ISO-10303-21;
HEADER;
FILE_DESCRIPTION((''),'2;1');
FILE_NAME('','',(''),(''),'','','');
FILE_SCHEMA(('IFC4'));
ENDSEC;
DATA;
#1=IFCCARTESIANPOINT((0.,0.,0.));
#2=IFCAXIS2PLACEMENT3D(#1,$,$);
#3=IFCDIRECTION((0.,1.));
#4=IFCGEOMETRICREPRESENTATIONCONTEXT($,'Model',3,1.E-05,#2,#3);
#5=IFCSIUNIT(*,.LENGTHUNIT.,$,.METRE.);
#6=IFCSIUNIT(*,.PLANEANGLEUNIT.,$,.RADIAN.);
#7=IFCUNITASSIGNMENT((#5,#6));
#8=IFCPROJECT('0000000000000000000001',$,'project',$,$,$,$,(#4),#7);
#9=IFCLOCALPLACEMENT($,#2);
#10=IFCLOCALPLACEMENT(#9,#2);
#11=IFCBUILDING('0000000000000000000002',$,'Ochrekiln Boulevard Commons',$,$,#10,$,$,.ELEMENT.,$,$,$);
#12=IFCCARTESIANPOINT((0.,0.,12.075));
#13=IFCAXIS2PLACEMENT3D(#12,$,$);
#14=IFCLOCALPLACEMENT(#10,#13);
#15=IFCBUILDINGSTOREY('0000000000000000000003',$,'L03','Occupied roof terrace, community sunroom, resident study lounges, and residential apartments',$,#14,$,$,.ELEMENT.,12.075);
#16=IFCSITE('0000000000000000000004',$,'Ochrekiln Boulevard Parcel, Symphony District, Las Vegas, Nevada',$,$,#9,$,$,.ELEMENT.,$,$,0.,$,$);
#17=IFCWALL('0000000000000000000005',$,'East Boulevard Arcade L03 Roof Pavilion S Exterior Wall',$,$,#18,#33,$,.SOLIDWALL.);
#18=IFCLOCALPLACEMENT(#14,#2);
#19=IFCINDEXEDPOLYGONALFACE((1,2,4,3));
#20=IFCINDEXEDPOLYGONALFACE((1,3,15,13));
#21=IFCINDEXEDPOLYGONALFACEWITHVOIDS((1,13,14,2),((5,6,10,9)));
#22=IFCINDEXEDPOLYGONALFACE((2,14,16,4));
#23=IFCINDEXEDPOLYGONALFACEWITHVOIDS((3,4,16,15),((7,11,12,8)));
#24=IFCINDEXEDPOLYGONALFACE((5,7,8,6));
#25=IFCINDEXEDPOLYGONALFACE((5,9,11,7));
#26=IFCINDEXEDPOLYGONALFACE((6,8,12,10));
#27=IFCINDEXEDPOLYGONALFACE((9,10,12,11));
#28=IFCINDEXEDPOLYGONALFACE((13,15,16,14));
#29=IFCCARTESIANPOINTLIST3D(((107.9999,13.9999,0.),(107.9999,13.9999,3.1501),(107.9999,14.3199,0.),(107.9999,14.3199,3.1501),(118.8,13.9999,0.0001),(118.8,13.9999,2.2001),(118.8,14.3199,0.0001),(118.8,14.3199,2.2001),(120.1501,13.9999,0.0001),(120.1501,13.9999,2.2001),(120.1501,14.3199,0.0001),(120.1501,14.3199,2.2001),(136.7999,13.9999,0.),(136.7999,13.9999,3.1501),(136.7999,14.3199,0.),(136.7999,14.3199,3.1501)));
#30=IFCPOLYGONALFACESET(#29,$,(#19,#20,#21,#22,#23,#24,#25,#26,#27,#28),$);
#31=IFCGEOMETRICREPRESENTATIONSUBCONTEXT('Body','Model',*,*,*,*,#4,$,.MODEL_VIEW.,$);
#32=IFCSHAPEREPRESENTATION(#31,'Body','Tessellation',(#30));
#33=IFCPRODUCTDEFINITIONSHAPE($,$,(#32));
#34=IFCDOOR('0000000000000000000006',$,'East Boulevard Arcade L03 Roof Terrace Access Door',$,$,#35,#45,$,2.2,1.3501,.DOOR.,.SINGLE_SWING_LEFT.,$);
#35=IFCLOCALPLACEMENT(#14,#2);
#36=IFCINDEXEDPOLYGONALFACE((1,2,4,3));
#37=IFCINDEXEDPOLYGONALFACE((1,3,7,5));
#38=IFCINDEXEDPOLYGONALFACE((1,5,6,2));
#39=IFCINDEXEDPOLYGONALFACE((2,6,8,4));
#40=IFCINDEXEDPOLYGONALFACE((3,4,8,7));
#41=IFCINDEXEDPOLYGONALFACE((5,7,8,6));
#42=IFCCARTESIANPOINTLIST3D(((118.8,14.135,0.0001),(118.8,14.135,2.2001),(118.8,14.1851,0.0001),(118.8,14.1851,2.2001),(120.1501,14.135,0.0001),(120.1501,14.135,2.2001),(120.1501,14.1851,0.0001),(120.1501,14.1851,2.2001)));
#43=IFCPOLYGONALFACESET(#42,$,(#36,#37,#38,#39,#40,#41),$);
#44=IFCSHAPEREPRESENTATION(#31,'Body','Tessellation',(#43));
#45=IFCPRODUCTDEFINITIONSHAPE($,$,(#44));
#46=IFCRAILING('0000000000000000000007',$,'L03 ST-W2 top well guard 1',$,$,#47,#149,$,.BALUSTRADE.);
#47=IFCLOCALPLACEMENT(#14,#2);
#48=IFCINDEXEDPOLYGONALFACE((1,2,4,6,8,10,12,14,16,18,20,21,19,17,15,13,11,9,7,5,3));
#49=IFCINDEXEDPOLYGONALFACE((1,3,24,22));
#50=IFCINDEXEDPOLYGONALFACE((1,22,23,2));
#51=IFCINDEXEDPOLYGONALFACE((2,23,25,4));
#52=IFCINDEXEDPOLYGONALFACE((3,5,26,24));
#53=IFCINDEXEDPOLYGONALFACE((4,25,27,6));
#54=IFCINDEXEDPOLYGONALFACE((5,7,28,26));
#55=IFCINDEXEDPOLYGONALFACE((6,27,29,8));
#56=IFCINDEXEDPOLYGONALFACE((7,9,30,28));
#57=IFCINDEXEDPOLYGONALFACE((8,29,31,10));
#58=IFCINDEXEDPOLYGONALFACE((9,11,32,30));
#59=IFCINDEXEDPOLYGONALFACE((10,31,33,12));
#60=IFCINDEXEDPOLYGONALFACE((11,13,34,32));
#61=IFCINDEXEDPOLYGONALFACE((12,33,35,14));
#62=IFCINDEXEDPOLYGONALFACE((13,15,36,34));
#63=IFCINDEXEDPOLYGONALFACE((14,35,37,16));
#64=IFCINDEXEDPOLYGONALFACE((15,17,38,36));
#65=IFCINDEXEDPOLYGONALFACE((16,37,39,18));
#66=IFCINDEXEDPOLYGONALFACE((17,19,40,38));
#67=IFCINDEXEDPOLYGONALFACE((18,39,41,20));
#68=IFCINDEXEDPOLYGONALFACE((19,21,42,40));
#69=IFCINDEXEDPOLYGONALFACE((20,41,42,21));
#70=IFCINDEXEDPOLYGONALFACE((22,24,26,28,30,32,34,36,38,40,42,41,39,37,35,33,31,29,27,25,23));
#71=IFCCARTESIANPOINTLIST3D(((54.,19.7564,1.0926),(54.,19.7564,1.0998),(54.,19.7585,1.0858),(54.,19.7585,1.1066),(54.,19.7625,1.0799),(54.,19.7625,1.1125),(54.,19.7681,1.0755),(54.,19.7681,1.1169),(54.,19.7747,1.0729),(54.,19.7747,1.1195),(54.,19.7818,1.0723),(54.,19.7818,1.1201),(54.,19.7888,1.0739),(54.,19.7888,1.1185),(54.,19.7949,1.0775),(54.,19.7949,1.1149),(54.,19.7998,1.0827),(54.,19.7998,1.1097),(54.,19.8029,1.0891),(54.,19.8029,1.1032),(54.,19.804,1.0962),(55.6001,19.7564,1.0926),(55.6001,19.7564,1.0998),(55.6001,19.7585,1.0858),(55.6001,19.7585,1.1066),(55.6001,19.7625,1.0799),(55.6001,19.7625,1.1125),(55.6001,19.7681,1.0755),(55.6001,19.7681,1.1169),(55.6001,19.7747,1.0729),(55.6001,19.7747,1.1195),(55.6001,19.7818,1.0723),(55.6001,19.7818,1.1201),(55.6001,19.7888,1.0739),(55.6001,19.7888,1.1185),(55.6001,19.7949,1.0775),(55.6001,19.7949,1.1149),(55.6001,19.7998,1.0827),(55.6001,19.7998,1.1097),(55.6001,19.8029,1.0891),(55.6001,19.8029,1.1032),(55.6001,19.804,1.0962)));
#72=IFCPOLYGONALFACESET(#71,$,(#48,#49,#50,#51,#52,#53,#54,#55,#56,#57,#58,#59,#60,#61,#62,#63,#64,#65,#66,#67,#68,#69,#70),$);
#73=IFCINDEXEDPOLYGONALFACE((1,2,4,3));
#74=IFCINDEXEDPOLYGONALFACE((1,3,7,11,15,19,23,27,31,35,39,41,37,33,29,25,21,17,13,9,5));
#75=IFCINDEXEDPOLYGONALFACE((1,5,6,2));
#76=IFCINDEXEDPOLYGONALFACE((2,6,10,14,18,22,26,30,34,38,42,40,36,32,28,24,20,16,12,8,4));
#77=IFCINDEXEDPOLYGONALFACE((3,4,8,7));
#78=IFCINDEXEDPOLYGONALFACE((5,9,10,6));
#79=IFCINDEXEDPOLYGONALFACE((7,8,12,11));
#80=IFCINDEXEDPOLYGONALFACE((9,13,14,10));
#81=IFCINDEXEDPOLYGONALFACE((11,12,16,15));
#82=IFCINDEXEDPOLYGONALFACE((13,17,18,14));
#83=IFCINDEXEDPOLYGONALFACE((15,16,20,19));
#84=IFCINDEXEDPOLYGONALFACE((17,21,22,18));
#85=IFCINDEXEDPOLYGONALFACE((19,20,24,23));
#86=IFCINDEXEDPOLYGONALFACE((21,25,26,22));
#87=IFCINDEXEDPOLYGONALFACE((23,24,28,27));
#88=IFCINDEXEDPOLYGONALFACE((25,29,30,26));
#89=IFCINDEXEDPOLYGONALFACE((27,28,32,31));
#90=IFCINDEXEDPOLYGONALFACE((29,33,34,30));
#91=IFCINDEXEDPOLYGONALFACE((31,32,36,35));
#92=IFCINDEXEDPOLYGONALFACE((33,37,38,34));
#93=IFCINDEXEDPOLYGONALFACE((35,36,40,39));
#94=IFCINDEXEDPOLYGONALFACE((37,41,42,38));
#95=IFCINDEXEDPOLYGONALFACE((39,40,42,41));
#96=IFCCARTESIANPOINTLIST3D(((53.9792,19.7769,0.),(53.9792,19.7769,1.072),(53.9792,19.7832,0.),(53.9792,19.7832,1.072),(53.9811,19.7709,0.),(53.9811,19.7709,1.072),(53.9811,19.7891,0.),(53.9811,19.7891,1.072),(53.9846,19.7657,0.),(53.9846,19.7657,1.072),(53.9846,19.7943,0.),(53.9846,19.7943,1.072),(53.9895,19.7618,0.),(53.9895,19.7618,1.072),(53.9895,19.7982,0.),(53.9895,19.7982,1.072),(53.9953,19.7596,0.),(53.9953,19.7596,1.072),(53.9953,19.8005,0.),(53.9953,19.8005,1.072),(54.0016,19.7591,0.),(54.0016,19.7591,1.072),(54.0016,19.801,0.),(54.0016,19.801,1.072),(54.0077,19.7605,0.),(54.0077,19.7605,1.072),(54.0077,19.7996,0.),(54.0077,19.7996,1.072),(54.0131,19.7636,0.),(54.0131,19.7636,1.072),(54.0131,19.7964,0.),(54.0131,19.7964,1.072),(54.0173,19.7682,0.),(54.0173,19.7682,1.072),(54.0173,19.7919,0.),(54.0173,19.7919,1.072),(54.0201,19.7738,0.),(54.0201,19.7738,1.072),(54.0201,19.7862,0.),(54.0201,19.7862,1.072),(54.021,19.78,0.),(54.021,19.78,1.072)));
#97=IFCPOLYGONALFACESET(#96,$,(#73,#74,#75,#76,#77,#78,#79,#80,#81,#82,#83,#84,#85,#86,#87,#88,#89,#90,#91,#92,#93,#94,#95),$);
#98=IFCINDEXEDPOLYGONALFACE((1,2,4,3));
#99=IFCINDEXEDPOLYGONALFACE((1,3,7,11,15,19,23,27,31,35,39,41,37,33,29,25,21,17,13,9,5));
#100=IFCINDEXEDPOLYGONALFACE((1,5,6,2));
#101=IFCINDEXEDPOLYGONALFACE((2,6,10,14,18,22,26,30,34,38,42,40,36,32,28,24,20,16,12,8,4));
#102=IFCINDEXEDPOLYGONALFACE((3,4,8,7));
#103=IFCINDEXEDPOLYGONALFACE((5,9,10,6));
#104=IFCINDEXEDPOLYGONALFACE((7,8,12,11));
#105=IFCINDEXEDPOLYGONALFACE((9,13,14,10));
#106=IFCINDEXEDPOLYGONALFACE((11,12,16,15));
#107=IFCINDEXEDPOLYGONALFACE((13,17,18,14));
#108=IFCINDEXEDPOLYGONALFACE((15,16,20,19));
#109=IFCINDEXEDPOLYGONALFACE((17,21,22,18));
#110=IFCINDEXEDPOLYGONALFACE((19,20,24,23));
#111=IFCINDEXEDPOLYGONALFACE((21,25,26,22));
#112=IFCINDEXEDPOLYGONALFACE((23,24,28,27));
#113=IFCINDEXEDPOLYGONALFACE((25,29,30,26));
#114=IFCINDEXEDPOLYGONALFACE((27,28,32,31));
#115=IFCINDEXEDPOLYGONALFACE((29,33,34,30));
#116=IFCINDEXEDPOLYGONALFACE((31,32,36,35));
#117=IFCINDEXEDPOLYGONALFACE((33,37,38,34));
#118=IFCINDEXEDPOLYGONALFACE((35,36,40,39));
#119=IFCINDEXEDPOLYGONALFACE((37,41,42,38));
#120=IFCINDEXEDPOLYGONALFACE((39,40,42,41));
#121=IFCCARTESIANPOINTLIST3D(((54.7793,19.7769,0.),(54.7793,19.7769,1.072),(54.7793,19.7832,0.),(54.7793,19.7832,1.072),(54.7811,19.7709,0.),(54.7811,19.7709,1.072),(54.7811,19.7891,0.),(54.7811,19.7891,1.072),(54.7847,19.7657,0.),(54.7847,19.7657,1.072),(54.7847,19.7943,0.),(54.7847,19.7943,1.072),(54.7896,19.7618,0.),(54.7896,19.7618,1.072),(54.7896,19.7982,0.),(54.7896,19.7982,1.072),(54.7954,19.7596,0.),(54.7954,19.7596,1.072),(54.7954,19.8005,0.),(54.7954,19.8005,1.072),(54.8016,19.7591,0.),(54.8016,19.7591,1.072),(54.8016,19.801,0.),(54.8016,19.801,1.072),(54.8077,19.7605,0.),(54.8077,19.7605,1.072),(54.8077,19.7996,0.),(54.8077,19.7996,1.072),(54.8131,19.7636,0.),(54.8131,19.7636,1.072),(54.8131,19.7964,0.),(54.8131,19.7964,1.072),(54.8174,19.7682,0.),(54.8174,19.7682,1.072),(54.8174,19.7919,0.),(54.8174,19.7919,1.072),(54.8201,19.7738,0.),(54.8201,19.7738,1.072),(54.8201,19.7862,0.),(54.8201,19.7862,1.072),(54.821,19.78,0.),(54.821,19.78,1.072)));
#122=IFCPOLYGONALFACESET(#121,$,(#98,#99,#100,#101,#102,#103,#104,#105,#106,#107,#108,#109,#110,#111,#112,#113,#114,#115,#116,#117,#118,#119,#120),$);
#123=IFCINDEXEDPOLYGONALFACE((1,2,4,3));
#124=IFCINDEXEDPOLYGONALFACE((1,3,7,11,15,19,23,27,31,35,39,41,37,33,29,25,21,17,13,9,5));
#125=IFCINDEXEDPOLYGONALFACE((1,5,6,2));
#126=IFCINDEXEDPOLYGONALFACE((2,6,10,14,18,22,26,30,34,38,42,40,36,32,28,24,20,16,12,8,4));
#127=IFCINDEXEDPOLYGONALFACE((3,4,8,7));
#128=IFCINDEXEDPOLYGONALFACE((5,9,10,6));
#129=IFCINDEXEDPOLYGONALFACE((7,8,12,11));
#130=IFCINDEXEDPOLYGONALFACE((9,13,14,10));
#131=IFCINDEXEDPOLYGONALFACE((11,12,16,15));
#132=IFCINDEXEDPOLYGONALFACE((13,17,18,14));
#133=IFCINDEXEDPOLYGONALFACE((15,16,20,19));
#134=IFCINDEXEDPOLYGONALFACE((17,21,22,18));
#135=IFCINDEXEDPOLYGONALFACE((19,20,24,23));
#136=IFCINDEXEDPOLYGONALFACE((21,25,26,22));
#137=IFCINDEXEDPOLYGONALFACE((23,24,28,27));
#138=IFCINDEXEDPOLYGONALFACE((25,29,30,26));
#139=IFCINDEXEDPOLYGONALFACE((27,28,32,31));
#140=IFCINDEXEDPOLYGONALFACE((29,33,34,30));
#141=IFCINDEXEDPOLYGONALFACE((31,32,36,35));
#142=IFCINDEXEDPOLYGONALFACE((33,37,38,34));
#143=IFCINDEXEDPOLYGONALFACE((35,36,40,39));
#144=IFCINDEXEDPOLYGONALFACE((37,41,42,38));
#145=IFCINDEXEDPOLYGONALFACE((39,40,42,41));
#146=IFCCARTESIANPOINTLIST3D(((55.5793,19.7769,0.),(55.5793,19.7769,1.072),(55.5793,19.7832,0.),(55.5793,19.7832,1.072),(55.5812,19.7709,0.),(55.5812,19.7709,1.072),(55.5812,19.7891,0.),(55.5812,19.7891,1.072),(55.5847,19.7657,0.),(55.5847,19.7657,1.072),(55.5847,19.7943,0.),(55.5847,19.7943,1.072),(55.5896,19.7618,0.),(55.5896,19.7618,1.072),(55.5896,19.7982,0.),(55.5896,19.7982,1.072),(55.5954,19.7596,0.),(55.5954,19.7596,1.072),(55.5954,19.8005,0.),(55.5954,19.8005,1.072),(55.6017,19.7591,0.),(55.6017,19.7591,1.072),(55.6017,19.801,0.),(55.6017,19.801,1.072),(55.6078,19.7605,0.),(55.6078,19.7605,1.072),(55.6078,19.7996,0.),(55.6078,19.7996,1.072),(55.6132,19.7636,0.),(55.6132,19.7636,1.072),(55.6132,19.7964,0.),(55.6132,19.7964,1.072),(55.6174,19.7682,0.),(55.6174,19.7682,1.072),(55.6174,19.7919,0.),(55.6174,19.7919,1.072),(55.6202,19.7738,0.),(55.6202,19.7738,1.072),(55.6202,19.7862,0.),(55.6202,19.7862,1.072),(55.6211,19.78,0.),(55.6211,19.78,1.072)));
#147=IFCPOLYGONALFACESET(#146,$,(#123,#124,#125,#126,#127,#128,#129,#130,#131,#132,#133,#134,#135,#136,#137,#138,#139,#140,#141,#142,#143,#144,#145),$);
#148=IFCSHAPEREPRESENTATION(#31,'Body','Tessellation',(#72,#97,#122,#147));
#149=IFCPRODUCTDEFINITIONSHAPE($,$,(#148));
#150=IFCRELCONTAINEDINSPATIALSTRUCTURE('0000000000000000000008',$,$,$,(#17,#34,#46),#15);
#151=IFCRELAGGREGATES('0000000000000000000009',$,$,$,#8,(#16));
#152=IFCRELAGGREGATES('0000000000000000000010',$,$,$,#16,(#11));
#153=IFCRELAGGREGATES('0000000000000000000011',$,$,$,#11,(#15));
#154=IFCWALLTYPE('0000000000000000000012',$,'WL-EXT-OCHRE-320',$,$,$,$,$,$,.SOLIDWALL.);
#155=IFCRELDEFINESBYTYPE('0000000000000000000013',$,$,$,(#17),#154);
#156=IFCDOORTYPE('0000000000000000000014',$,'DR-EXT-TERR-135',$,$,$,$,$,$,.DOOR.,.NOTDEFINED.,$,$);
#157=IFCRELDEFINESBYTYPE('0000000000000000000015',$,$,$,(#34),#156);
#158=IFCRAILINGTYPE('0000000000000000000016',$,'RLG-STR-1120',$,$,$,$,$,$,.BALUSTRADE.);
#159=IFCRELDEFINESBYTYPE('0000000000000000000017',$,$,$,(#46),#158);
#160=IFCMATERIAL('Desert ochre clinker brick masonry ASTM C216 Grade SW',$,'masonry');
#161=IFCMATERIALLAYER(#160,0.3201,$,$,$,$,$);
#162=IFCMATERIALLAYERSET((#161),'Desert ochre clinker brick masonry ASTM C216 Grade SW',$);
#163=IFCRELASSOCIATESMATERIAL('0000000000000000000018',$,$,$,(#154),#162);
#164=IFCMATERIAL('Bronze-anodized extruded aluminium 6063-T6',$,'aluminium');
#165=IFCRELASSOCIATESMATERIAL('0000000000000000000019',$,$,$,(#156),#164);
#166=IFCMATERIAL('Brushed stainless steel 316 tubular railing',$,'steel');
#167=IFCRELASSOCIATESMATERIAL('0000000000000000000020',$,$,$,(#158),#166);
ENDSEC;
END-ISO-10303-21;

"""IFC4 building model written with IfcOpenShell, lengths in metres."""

from ifc_helpers import new_model, si_unit, direction, frame, frame_2d, origin, origin_2d, place, context, subcontext, project, spatial, rectangle, circle, extrude, material, layer, layer_set, type_object, element, fill, save


model = new_model("IFC4")

# Units and contexts
model_context = context("Model", 3, precision=1e-05, world=origin(), true_north=direction((0.0, 1.0)))
body_context = subcontext(model_context, "Body", "Model", "MODEL_VIEW")
ifc_project = project(units=[si_unit("LENGTHUNIT", "METRE"), si_unit("PLANEANGLEUNIT", "RADIAN")], contexts=[model_context])

# Site, building, storey
site_placement = place(None, origin())
site = spatial("IfcSite", under=ifc_project, at=site_placement, Name="Ochrekiln Boulevard Parcel, Symphony District, Las Vegas, Nevada", CompositionType="ELEMENT", RefElevation=0.0)
building_placement = place(site_placement, origin())
building = spatial("IfcBuilding", under=site, at=building_placement, Name="Ochrekiln Boulevard Commons", CompositionType="ELEMENT")
storey_placement = place(building_placement, frame((0.0, 0.0, 12.075)))
storey = spatial("IfcBuildingStorey", under=building, at=storey_placement, Name="L03", Description="Occupied roof terrace, community sunroom, resident study lounges, and residential apartments", CompositionType="ELEMENT", Elevation=12.075)

# Shared definitions
ifc_material_1 = material(Name="Desert ochre clinker brick masonry ASTM C216 Grade SW", Category="masonry")
ifc_layer_1 = layer(ifc_material_1, 0.3201)
ifc_layer_set_1 = layer_set([ifc_layer_1], Name="Desert ochre clinker brick masonry ASTM C216 Grade SW")
wall_type_1 = type_object("IfcWallType", Name="WL-EXT-OCHRE-320", PredefinedType="SOLIDWALL", material=ifc_layer_set_1)

# Wall, opening, door
wall_1_placement = place(storey_placement, frame((108.0, 14.1599, 0.0), z_axis=(0.0, 0.0, 1.0), x_axis=(1.0, 0.0, 0.0)))
wall_1 = element("IfcWall", 1, at=wall_1_placement, inside=storey, type_object=wall_type_1, Name="East Boulevard Arcade L03 Roof Pavilion S Exterior Wall", PredefinedType="SOLIDWALL", context=body_context, shape_type="SweptSolid", body=[
    extrude(rectangle(XDim=28.8, YDim=0.3201, at=frame_2d((14.3999, 0.0))), origin(), (0.0, 0.0, 1.0), 3.1501),
])
opening_1_placement = place(wall_1_placement, frame((10.8, 0.0, 0.0)))
opening_1 = element("IfcOpeningElement", 2, at=opening_1_placement, cuts=wall_1, PredefinedType="OPENING", context=body_context, shape_type="SweptSolid", body=[
    extrude(rectangle(XDim=1.3501, YDim=2.2, at=frame_2d((0.675, 1.1001))), frame((0.0, 0.1699, 0.0), z_axis=(0.0, -1.0, 0.0), x_axis=(1.0, 0.0, 0.0)), (0.0, 0.0, 1.0), 0.3401),
])
ifc_material_2 = material(Name="Bronze-anodized extruded aluminium 6063-T6", Category="aluminium")
door_type_1 = type_object("IfcDoorType", Name="DR-EXT-TERR-135", OperationType="NOTDEFINED", PredefinedType="DOOR", material=ifc_material_2)
door_1_placement = place(opening_1_placement, frame((1.3501, 0.0, 0.0), z_axis=(0.0, 0.0, 1.0), x_axis=(-1.0, 0.0, 0.0)))
door_1 = element("IfcDoor", 3, at=door_1_placement, inside=storey, type_object=door_type_1, Name="East Boulevard Arcade L03 Roof Terrace Access Door", OperationType="SINGLE_SWING_LEFT", OverallHeight=2.2, OverallWidth=1.3501, PredefinedType="DOOR", context=body_context, shape_type="SweptSolid", body=[
    extrude(rectangle(XDim=1.3501, YDim=2.2, at=frame_2d((0.675, 1.1001))), frame((0.0, 0.0249, 0.0), z_axis=(0.0, -1.0, 0.0), x_axis=(1.0, 0.0, 0.0)), (0.0, 0.0, 1.0), 0.05),
])
fill(opening_1, door_1)

# Railing
ifc_material_3 = material(Name="Brushed stainless steel 316 tubular railing", Category="steel")
railing_type = type_object("IfcRailingType", Name="RLG-STR-1120", PredefinedType="BALUSTRADE", material=ifc_material_3)
railing_placement = place(storey_placement, frame((54.0, 19.78, 0.0)))
element("IfcRailing", 4, at=railing_placement, inside=storey, type_object=railing_type, Name="L03 ST-W2 top well guard 1", PredefinedType="BALUSTRADE", context=body_context, shape_type="SweptSolid", body=[
    extrude(circle(Radius=0.0239, at=origin_2d()), frame((0.0, 0.0, 1.0962), z_axis=(1.0, 0.0, 0.0), x_axis=(0.0, 1.0, 0.0)), (0.0, 0.0, 1.0), 1.6001),
    extrude(circle(Radius=0.021, at=origin_2d()), origin(), (0.0, 0.0, 1.0), 1.072),
    extrude(circle(Radius=0.021, at=origin_2d()), frame((0.8, 0.0, 0.0)), (0.0, 0.0, 1.0), 1.072),
    extrude(circle(Radius=0.021, at=origin_2d()), frame((1.6001, 0.0, 0.0)), (0.0, 0.0, 1.0), 1.072),
])

save(model, "model.ifc")
